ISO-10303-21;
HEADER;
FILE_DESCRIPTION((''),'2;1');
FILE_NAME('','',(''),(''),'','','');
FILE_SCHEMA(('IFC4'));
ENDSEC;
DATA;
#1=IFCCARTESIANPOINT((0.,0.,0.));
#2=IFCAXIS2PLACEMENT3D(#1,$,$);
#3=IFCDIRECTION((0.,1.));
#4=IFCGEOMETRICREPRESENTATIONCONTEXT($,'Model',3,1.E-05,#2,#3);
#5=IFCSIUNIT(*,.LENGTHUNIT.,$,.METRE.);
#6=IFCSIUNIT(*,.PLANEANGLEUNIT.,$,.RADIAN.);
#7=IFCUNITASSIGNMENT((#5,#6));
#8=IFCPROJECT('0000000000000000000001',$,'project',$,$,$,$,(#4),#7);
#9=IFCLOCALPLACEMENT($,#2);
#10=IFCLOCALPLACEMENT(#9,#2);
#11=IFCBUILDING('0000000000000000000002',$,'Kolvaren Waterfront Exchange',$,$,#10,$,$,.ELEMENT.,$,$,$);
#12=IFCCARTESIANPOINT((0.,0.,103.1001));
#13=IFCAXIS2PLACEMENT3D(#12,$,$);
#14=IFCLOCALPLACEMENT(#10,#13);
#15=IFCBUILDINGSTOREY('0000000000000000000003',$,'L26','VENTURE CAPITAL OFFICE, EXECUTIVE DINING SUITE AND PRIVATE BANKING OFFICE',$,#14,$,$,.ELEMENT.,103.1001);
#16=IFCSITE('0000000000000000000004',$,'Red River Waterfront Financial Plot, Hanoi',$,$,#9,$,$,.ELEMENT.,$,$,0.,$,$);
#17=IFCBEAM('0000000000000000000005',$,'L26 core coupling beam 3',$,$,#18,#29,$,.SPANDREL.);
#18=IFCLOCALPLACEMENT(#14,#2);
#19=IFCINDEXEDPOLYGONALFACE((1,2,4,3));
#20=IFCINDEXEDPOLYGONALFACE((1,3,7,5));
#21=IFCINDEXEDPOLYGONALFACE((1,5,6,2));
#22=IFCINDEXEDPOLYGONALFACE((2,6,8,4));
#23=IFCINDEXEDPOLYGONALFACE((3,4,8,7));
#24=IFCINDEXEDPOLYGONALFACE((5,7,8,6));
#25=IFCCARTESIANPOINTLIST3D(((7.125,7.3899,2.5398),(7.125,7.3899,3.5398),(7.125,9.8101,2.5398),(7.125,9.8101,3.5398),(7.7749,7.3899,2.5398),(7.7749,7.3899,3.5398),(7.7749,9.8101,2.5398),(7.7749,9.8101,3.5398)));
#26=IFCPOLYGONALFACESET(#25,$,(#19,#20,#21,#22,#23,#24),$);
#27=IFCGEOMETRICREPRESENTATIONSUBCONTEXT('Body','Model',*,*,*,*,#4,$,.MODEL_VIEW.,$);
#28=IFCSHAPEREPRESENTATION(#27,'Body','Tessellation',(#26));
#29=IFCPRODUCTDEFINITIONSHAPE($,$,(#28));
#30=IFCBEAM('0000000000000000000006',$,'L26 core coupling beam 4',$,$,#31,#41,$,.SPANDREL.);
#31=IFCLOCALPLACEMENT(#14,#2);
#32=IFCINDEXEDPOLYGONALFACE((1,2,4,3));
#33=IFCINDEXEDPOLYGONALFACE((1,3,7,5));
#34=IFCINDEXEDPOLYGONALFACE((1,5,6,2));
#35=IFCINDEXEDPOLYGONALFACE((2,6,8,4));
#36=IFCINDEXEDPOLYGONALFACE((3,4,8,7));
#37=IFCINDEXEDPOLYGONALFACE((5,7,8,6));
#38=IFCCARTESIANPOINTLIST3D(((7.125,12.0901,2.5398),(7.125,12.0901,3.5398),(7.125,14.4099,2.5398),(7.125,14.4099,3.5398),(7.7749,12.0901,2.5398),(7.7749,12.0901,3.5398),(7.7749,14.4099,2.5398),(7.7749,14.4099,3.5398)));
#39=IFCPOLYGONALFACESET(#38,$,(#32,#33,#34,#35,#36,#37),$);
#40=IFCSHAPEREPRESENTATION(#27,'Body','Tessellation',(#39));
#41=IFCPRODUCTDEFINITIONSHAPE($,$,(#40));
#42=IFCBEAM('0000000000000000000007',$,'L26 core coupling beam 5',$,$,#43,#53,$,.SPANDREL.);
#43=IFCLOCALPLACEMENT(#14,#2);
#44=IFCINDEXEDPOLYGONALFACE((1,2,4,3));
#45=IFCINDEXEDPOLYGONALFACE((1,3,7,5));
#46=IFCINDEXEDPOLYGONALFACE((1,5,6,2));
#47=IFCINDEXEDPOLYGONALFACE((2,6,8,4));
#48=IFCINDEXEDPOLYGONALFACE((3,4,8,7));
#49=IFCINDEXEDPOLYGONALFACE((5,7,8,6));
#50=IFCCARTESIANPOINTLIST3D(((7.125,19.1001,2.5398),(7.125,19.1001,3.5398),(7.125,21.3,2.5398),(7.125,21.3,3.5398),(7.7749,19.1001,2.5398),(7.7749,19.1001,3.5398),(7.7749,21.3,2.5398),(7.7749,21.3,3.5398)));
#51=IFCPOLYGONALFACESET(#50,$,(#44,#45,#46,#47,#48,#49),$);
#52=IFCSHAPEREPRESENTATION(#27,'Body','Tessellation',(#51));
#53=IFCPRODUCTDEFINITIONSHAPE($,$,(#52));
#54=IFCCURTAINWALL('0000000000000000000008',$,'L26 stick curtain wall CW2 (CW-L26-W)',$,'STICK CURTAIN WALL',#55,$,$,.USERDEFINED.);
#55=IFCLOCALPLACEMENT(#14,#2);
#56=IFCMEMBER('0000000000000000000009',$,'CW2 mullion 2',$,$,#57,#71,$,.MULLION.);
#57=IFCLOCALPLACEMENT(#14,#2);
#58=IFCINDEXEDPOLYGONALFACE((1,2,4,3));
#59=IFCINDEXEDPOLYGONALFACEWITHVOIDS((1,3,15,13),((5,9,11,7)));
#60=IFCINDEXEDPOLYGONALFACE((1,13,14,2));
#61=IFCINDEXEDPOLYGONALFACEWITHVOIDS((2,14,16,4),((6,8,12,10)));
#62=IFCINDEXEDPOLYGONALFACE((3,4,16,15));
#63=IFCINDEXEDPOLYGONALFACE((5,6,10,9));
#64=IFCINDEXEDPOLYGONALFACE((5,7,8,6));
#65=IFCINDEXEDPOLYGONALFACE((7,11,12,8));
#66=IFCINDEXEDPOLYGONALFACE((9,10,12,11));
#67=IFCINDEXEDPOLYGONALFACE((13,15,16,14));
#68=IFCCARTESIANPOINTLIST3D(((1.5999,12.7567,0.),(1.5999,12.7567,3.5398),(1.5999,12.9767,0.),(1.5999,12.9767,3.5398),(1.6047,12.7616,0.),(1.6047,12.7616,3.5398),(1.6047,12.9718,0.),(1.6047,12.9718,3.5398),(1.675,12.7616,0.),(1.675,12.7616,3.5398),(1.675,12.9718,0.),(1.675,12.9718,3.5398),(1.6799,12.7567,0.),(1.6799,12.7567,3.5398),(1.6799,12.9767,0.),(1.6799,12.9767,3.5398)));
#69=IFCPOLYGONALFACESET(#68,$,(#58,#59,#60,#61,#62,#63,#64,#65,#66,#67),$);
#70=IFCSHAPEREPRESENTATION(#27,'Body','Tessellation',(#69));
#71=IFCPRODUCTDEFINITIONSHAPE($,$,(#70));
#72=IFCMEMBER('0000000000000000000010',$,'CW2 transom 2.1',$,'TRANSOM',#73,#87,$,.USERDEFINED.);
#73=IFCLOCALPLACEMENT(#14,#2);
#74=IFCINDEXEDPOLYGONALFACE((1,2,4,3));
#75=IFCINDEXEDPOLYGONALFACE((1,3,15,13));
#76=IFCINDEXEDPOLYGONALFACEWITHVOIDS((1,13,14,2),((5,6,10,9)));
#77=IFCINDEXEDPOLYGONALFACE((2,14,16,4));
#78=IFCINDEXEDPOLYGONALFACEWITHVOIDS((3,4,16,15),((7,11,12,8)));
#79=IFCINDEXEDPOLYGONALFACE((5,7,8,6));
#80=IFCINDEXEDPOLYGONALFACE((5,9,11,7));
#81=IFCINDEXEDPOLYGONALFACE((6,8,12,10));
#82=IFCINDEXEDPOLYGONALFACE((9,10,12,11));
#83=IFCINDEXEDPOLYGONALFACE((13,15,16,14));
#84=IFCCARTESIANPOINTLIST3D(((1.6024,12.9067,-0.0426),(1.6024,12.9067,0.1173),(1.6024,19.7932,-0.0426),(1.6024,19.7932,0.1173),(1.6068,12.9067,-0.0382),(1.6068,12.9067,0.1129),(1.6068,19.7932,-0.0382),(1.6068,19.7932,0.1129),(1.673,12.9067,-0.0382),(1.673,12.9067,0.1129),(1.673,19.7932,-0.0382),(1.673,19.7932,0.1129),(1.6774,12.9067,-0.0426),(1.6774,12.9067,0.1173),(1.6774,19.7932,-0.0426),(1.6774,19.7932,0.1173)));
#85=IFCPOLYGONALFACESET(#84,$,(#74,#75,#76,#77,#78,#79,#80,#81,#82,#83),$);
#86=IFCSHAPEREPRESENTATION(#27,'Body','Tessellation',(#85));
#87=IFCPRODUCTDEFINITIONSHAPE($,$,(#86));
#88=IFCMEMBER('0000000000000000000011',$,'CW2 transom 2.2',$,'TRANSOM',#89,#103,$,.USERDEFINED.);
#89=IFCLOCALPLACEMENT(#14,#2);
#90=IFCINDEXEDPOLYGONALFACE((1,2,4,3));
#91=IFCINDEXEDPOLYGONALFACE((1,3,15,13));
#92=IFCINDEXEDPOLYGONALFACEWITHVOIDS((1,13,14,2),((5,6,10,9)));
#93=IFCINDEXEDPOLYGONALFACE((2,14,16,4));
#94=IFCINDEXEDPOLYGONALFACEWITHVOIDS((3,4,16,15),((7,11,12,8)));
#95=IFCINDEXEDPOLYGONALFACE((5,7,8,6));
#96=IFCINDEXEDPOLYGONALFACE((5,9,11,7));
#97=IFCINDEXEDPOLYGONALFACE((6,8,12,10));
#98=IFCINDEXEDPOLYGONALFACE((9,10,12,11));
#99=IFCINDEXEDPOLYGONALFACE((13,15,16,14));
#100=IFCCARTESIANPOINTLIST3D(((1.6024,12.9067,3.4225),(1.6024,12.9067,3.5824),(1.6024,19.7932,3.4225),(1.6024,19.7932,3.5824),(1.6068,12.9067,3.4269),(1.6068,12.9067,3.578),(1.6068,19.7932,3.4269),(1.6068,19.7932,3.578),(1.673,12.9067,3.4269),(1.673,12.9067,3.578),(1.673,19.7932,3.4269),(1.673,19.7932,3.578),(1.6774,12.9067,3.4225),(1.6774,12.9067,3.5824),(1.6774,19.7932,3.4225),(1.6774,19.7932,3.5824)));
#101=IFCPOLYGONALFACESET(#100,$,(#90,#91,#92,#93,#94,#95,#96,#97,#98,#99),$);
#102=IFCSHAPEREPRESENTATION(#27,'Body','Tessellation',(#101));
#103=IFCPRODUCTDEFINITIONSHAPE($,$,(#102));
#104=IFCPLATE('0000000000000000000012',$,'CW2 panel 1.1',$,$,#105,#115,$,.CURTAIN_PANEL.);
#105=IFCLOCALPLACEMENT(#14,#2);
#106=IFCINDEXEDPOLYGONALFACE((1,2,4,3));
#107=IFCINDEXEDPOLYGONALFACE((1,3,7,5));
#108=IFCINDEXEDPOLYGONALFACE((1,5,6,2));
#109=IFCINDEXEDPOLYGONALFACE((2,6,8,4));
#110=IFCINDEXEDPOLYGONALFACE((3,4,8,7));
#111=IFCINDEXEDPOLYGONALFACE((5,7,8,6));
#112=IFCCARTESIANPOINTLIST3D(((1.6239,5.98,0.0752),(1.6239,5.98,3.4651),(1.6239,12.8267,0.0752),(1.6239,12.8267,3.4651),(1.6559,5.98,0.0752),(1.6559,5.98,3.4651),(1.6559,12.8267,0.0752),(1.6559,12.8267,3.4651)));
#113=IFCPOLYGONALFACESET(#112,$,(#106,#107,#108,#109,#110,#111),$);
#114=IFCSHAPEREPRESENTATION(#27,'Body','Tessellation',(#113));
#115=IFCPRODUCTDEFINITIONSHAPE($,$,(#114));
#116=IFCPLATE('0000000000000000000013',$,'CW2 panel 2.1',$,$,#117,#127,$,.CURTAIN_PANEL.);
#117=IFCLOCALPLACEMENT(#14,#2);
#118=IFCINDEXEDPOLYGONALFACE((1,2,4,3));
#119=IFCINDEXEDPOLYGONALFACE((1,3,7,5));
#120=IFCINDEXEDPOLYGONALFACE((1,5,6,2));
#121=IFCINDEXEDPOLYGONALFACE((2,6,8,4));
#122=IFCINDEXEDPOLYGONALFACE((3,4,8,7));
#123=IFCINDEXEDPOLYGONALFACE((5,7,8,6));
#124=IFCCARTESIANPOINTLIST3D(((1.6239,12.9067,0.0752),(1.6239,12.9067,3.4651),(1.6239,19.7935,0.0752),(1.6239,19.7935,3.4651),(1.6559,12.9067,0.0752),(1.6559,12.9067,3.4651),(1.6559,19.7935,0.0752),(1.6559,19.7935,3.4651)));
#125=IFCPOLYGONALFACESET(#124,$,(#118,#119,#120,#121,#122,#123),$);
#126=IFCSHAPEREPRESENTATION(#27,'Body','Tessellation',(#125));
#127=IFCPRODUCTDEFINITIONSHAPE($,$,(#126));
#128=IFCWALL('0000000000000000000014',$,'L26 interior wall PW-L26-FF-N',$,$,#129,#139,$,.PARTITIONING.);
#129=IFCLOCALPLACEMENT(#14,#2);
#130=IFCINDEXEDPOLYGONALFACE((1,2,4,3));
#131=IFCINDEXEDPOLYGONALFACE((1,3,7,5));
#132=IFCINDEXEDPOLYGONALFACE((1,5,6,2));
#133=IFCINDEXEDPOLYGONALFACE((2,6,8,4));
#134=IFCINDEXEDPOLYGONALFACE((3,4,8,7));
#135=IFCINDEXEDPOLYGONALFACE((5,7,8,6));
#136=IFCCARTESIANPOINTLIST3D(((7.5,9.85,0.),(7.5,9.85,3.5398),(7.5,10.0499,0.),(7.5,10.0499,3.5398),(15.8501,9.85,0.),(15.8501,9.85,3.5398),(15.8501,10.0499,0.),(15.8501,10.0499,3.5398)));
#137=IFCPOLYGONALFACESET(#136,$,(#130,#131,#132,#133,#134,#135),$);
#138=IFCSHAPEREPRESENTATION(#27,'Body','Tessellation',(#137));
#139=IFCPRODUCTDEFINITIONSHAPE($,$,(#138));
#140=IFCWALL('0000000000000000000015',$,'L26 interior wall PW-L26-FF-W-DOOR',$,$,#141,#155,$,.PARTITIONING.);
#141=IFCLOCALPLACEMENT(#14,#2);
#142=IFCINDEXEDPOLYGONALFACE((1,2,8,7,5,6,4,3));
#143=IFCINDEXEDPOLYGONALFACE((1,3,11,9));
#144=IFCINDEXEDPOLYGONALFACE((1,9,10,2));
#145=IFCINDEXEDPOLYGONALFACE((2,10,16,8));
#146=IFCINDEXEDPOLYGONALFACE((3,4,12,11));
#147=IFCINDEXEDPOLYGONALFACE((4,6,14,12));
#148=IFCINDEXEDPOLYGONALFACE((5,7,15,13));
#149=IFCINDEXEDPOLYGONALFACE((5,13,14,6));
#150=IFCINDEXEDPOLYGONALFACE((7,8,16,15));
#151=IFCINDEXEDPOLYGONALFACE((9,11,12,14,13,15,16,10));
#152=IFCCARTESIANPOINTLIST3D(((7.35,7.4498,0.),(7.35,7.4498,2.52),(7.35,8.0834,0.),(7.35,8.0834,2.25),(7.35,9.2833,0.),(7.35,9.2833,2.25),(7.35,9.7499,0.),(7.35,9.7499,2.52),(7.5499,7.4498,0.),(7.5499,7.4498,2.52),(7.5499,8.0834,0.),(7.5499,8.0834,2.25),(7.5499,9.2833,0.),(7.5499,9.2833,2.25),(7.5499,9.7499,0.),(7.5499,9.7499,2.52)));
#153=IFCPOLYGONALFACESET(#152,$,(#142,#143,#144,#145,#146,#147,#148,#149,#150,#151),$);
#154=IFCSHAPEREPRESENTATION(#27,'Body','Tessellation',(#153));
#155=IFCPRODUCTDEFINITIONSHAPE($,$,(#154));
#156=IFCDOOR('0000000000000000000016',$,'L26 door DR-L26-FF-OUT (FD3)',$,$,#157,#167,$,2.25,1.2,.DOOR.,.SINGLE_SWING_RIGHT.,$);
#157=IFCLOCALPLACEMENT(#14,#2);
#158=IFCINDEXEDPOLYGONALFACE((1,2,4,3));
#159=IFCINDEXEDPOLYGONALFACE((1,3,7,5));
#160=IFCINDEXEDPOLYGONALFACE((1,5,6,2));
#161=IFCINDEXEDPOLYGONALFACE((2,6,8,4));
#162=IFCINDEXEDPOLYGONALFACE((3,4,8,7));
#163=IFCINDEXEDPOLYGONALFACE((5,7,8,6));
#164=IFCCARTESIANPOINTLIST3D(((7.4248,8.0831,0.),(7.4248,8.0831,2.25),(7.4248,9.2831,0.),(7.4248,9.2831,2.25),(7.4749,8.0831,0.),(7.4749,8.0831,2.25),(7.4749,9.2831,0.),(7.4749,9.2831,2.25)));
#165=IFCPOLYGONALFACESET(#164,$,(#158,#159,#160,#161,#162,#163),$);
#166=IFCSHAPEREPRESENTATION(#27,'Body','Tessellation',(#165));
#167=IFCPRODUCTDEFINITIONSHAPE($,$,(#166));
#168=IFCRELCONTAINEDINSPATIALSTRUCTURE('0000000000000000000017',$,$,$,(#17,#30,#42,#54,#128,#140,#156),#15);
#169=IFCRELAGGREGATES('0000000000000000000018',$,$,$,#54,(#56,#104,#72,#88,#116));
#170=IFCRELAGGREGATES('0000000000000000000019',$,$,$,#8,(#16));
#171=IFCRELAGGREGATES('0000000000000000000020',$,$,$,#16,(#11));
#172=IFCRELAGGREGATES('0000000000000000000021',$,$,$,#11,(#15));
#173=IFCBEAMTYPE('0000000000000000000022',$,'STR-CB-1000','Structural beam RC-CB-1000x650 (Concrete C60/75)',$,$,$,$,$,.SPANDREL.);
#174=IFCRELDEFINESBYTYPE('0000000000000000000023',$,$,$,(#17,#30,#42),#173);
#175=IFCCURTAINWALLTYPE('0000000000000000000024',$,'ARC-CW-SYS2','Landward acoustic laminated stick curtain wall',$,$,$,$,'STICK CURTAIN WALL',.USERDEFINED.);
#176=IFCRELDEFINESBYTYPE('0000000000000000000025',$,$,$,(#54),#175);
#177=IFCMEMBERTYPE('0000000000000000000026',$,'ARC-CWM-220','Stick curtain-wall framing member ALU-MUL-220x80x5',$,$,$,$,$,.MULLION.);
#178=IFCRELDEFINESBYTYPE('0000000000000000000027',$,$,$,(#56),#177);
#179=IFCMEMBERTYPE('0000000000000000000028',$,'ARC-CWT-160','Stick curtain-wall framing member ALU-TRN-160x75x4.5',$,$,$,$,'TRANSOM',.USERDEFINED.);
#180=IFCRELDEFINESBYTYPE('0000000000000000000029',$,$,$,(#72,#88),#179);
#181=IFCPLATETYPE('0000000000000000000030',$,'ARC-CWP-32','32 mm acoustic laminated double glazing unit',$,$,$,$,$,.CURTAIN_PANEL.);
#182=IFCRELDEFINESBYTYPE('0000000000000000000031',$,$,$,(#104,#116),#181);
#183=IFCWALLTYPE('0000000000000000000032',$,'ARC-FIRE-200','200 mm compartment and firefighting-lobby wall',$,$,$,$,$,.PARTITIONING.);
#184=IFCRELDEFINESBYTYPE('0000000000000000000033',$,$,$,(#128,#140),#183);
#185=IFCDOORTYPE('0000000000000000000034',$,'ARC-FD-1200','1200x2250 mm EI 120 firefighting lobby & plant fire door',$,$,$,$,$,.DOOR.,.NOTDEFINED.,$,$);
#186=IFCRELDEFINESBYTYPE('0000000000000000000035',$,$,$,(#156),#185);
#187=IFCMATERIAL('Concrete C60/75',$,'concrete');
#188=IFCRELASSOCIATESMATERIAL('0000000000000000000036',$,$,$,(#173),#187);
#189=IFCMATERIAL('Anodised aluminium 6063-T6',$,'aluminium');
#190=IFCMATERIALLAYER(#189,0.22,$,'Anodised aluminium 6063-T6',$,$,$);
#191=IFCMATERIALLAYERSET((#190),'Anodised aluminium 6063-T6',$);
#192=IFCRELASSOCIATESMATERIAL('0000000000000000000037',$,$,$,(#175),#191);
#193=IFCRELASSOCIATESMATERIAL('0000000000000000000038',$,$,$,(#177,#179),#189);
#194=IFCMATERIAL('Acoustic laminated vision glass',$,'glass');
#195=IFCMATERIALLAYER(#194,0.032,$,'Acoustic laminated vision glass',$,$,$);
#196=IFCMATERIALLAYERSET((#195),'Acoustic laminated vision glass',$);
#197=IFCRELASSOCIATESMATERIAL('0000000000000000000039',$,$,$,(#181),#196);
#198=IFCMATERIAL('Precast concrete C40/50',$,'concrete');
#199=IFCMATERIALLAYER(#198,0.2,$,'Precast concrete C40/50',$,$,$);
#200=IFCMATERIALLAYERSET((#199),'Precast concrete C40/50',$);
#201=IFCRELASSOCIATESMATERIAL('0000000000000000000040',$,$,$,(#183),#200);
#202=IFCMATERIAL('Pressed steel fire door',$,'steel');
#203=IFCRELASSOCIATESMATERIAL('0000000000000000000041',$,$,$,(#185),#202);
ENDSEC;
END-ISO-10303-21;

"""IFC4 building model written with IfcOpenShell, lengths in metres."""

from ifc_helpers import new_model, si_unit, direction, frame, frame_2d, origin, origin_with_axes, origin_2d, place, context, subcontext, project, spatial, rectangle, hollow_rectangle, extrude, source, transform, mapped, material, layer, layer_set, material_profile, profile_set, type_object, element, fill, aggregate, save


model = new_model("IFC4")

# Units and contexts
model_context = context("Model", 3, precision=1e-05, world=origin(), true_north=direction((0.0, 1.0)))
body_context = subcontext(model_context, "Body", "Model", "MODEL_VIEW")
ifc_project = project(units=[si_unit("LENGTHUNIT", "METRE"), si_unit("PLANEANGLEUNIT", "RADIAN")], contexts=[model_context])

# Site, building, storey
site_placement = place(None, origin())
site = spatial("IfcSite", under=ifc_project, at=site_placement, Name="Red River Waterfront Financial Plot, Hanoi", CompositionType="ELEMENT", RefElevation=0.0)
building_placement = place(site_placement, origin())
building = spatial("IfcBuilding", under=site, at=building_placement, Name="Kolvaren Waterfront Exchange", CompositionType="ELEMENT")
storey_placement = place(building_placement, frame((0.0, 0.0, 103.1001)))
storey = spatial("IfcBuildingStorey", under=building, at=storey_placement, Name="L26", Description="VENTURE CAPITAL OFFICE, EXECUTIVE DINING SUITE AND PRIVATE BANKING OFFICE", CompositionType="ELEMENT", Elevation=103.1001)

# Beams
ifc_material_1 = material(Name="Concrete C60/75", Category="concrete")
ifc_material_profile_1 = material_profile(ifc_material_1, rectangle(XDim=0.6499, YDim=1.0, at=origin_2d()), Name="RC-CB-1000x650")
ifc_profile_set_1 = profile_set([ifc_material_profile_1], Name="Concrete C60/75")
beam_type = type_object("IfcBeamType", Name="STR-CB-1000", Description="Structural beam RC-CB-1000x650 (Concrete C60/75)", PredefinedType="SPANDREL", material=ifc_profile_set_1)
beam_1_placement = place(storey_placement, frame((7.45, 7.3899, 3.0398), z_axis=(0.0, 1.0, 0.0), x_axis=(-1.0, 0.0, 0.0)))
element("IfcBeam", 1, at=beam_1_placement, inside=storey, type_object=beam_type, Name="L26 core coupling beam 3", PredefinedType="SPANDREL", context=body_context, shape_type="SweptSolid", body=[
    extrude(rectangle(XDim=0.6499, YDim=1.0, at=origin_2d()), origin(), (0.0, 0.0, 1.0), 2.4202),
])
beam_2_placement = place(storey_placement, frame((7.45, 12.0901, 3.0398), z_axis=(0.0, 1.0, 0.0), x_axis=(-1.0, 0.0, 0.0)))
element("IfcBeam", 2, at=beam_2_placement, inside=storey, type_object=beam_type, Name="L26 core coupling beam 4", PredefinedType="SPANDREL", context=body_context, shape_type="SweptSolid", body=[
    extrude(rectangle(XDim=0.6499, YDim=1.0, at=origin_2d()), origin(), (0.0, 0.0, 1.0), 2.3198),
])
beam_3_placement = place(storey_placement, frame((7.45, 19.1001, 3.0398), z_axis=(0.0, 1.0, 0.0), x_axis=(-1.0, 0.0, 0.0)))
element("IfcBeam", 3, at=beam_3_placement, inside=storey, type_object=beam_type, Name="L26 core coupling beam 5", PredefinedType="SPANDREL", context=body_context, shape_type="SweptSolid", body=[
    extrude(rectangle(XDim=0.6499, YDim=1.0, at=origin_2d()), origin(), (0.0, 0.0, 1.0), 2.2),
])

# Curtain wall, members, plates
ifc_material_2 = material(Name="Anodised aluminium 6063-T6", Category="aluminium")
ifc_layer_1 = layer(ifc_material_2, 0.22, Name="Anodised aluminium 6063-T6")
ifc_layer_set_1 = layer_set([ifc_layer_1], Name="Anodised aluminium 6063-T6")
curtain_wall_type = type_object("IfcCurtainWallType", Name="ARC-CW-SYS2", Description="Landward acoustic laminated stick curtain wall", ElementType="STICK CURTAIN WALL", PredefinedType="USERDEFINED", material=ifc_layer_set_1)
curtain_wall_placement = place(storey_placement, origin())
curtain_wall = element("IfcCurtainWall", 4, at=curtain_wall_placement, inside=storey, type_object=curtain_wall_type, Name="L26 stick curtain wall CW2 (CW-L26-W)", ObjectType="STICK CURTAIN WALL", PredefinedType="USERDEFINED")
ifc_material_profile_2 = material_profile(ifc_material_2, hollow_rectangle(XDim=0.0801, YDim=0.22, WallThickness=0.0049, at=origin_2d()), Name="ALU-MUL-220x80x5")
ifc_profile_set_2 = profile_set([ifc_material_profile_2], Name="Anodised aluminium 6063-T6")
member_type_1 = type_object("IfcMemberType", Name="ARC-CWM-220", Description="Stick curtain-wall framing member ALU-MUL-220x80x5", PredefinedType="MULLION", material=ifc_profile_set_2)
shared_shape_1 = source(origin_with_axes(), body_context, "Body", "SweptSolid", [
    extrude(hollow_rectangle(XDim=0.0801, YDim=0.22, WallThickness=0.0049, at=origin_2d()), origin(), (0.0, 0.0, 1.0), 3.5398),
])
member_1_placement = place(storey_placement, frame((1.6399, 12.8667, 0.0), z_axis=(0.0, 0.0, 1.0), x_axis=(-1.0, 0.0, 0.0)))
member_1 = element("IfcMember", 5, at=member_1_placement, type_object=member_type_1, Name="CW2 mullion 2", PredefinedType="MULLION", context=body_context, shape_type="MappedRepresentation", body=[
    mapped(shared_shape_1, transform((0.0, 0.0, 0.0), x_axis=(1.0, 0.0, 0.0), y_axis=(0.0, 1.0, 0.0), z_axis=(0.0, 0.0, 1.0), scale=1.0)),
])
ifc_material_profile_3 = material_profile(ifc_material_2, hollow_rectangle(XDim=0.075, YDim=0.1599, WallThickness=0.0044, at=origin_2d()), Name="ALU-TRN-160x75x4.5")
ifc_profile_set_3 = profile_set([ifc_material_profile_3], Name="Anodised aluminium 6063-T6")
member_type_2 = type_object("IfcMemberType", Name="ARC-CWT-160", Description="Stick curtain-wall framing member ALU-TRN-160x75x4.5", ElementType="TRANSOM", PredefinedType="USERDEFINED", material=ifc_profile_set_3)
shared_shape_2 = source(origin_with_axes(), body_context, "Body", "SweptSolid", [
    extrude(hollow_rectangle(XDim=0.075, YDim=0.1599, WallThickness=0.0044, at=origin_2d()), origin(), (0.0, 0.0, 1.0), 6.8865),
])
member_2_placement = place(storey_placement, frame((1.6399, 12.9067, 0.0374), z_axis=(0.0, 1.0, 0.0), x_axis=(-1.0, 0.0, 0.0)))
member_2 = element("IfcMember", 6, at=member_2_placement, type_object=member_type_2, Name="CW2 transom 2.1", ObjectType="TRANSOM", PredefinedType="USERDEFINED", context=body_context, shape_type="MappedRepresentation", body=[
    mapped(shared_shape_2, transform((0.0, 0.0, 0.0), x_axis=(1.0, 0.0, 0.0), y_axis=(0.0, 1.0, 0.0), z_axis=(0.0, 0.0, 1.0), scale=1.0)),
])
member_3_placement = place(storey_placement, frame((1.6399, 12.9067, 3.5024), z_axis=(0.0, 1.0, 0.0), x_axis=(-1.0, 0.0, 0.0)))
member_3 = element("IfcMember", 7, at=member_3_placement, type_object=member_type_2, Name="CW2 transom 2.2", ObjectType="TRANSOM", PredefinedType="USERDEFINED", context=body_context, shape_type="MappedRepresentation", body=[
    mapped(shared_shape_2, transform((0.0, 0.0, 0.0), x_axis=(1.0, 0.0, 0.0), y_axis=(0.0, 1.0, 0.0), z_axis=(0.0, 0.0, 1.0), scale=1.0)),
])
ifc_material_3 = material(Name="Acoustic laminated vision glass", Category="glass")
ifc_layer_2 = layer(ifc_material_3, 0.032, Name="Acoustic laminated vision glass")
ifc_layer_set_2 = layer_set([ifc_layer_2], Name="Acoustic laminated vision glass")
plate_type = type_object("IfcPlateType", Name="ARC-CWP-32", Description="32 mm acoustic laminated double glazing unit", PredefinedType="CURTAIN_PANEL", material=ifc_layer_set_2)
shared_shape_3 = source(origin_with_axes(), body_context, "Body", "SweptSolid", [
    extrude(rectangle(XDim=6.8467, YDim=0.032, at=origin_2d()), origin(), (0.0, 0.0, 1.0), 3.3899),
])
plate_1_placement = place(storey_placement, frame((1.6399, 9.4033, 0.0752), z_axis=(0.0, 0.0, 1.0), x_axis=(0.0, 1.0, 0.0)))
plate_1 = element("IfcPlate", 8, at=plate_1_placement, type_object=plate_type, Name="CW2 panel 1.1", PredefinedType="CURTAIN_PANEL", context=body_context, shape_type="MappedRepresentation", body=[
    mapped(shared_shape_3, transform((0.0, 0.0, 0.0), x_axis=(1.0, 0.0, 0.0), y_axis=(0.0, 1.0, 0.0), z_axis=(0.0, 0.0, 1.0), scale=1.0)),
])
shared_shape_4 = source(origin_with_axes(), body_context, "Body", "SweptSolid", [
    extrude(rectangle(XDim=6.8867, YDim=0.032, at=origin_2d()), origin(), (0.0, 0.0, 1.0), 3.3899),
])
plate_2_placement = place(storey_placement, frame((1.6399, 16.3501, 0.0752), z_axis=(0.0, 0.0, 1.0), x_axis=(0.0, 1.0, 0.0)))
plate_2 = element("IfcPlate", 9, at=plate_2_placement, type_object=plate_type, Name="CW2 panel 2.1", PredefinedType="CURTAIN_PANEL", context=body_context, shape_type="MappedRepresentation", body=[
    mapped(shared_shape_4, transform((0.0, 0.0, 0.0), x_axis=(1.0, 0.0, 0.0), y_axis=(0.0, 1.0, 0.0), z_axis=(0.0, 0.0, 1.0), scale=1.0)),
])
aggregate(curtain_wall, [member_1, plate_1, member_2, member_3, plate_2])

# Wall
ifc_material_4 = material(Name="Precast concrete C40/50", Category="concrete")
ifc_layer_3 = layer(ifc_material_4, 0.2, Name="Precast concrete C40/50")
ifc_layer_set_3 = layer_set([ifc_layer_3], Name="Precast concrete C40/50")
wall_type_1 = type_object("IfcWallType", Name="ARC-FIRE-200", Description="200 mm compartment and firefighting-lobby wall", PredefinedType="PARTITIONING", material=ifc_layer_set_3)
wall_1_placement = place(storey_placement, frame((7.5, 9.95, 0.0), z_axis=(0.0, 0.0, 1.0), x_axis=(1.0, 0.0, 0.0)))
element("IfcWall", 10, at=wall_1_placement, inside=storey, type_object=wall_type_1, Name="L26 interior wall PW-L26-FF-N", PredefinedType="PARTITIONING", context=body_context, shape_type="SweptSolid", body=[
    extrude(rectangle(XDim=8.3501, YDim=0.2, at=frame_2d((4.175, 0.0))), origin(), (0.0, 0.0, 1.0), 3.5398),
])

# Wall, opening, door
wall_2_placement = place(storey_placement, frame((7.45, 7.45, 0.0), z_axis=(0.0, 0.0, 1.0), x_axis=(0.0, 1.0, 0.0)))
wall_2 = element("IfcWall", 11, at=wall_2_placement, inside=storey, type_object=wall_type_1, Name="L26 interior wall PW-L26-FF-W-DOOR", PredefinedType="PARTITIONING", context=body_context, shape_type="SweptSolid", body=[
    extrude(rectangle(XDim=2.3, YDim=0.2, at=frame_2d((1.1499, 0.0))), origin(), (0.0, 0.0, 1.0), 2.52),
])
opening_1_placement = place(wall_2_placement, frame((0.6333, 0.0, 0.0)))
opening_1 = element("IfcOpeningElement", 12, at=opening_1_placement, cuts=wall_2, PredefinedType="OPENING", context=body_context, shape_type="SweptSolid", body=[
    extrude(rectangle(XDim=1.2, YDim=2.25, at=frame_2d((0.6001, 1.125))), frame((0.0, 0.1099, 0.0), z_axis=(0.0, -1.0, 0.0), x_axis=(1.0, 0.0, 0.0)), (0.0, 0.0, 1.0), 0.22),
])
ifc_material_5 = material(Name="Pressed steel fire door", Category="steel")
door_type_1 = type_object("IfcDoorType", Name="ARC-FD-1200", Description="1200x2250 mm EI 120 firefighting lobby & plant fire door", OperationType="NOTDEFINED", PredefinedType="DOOR", material=ifc_material_5)
door_1_placement = place(opening_1_placement, frame((1.2, 0.0, 0.0), z_axis=(0.0, 0.0, 1.0), x_axis=(-1.0, 0.0, 0.0)))
door_1 = element("IfcDoor", 13, at=door_1_placement, inside=storey, type_object=door_type_1, Name="L26 door DR-L26-FF-OUT (FD3)", OperationType="SINGLE_SWING_RIGHT", OverallHeight=2.25, OverallWidth=1.2, PredefinedType="DOOR", context=body_context, shape_type="SweptSolid", body=[
    extrude(rectangle(XDim=1.2, YDim=2.25, at=frame_2d((0.6001, 1.125))), frame((0.0, 0.0249, 0.0), z_axis=(0.0, -1.0, 0.0), x_axis=(1.0, 0.0, 0.0)), (0.0, 0.0, 1.0), 0.05),
])
fill(opening_1, door_1)

save(model, "model.ifc")
